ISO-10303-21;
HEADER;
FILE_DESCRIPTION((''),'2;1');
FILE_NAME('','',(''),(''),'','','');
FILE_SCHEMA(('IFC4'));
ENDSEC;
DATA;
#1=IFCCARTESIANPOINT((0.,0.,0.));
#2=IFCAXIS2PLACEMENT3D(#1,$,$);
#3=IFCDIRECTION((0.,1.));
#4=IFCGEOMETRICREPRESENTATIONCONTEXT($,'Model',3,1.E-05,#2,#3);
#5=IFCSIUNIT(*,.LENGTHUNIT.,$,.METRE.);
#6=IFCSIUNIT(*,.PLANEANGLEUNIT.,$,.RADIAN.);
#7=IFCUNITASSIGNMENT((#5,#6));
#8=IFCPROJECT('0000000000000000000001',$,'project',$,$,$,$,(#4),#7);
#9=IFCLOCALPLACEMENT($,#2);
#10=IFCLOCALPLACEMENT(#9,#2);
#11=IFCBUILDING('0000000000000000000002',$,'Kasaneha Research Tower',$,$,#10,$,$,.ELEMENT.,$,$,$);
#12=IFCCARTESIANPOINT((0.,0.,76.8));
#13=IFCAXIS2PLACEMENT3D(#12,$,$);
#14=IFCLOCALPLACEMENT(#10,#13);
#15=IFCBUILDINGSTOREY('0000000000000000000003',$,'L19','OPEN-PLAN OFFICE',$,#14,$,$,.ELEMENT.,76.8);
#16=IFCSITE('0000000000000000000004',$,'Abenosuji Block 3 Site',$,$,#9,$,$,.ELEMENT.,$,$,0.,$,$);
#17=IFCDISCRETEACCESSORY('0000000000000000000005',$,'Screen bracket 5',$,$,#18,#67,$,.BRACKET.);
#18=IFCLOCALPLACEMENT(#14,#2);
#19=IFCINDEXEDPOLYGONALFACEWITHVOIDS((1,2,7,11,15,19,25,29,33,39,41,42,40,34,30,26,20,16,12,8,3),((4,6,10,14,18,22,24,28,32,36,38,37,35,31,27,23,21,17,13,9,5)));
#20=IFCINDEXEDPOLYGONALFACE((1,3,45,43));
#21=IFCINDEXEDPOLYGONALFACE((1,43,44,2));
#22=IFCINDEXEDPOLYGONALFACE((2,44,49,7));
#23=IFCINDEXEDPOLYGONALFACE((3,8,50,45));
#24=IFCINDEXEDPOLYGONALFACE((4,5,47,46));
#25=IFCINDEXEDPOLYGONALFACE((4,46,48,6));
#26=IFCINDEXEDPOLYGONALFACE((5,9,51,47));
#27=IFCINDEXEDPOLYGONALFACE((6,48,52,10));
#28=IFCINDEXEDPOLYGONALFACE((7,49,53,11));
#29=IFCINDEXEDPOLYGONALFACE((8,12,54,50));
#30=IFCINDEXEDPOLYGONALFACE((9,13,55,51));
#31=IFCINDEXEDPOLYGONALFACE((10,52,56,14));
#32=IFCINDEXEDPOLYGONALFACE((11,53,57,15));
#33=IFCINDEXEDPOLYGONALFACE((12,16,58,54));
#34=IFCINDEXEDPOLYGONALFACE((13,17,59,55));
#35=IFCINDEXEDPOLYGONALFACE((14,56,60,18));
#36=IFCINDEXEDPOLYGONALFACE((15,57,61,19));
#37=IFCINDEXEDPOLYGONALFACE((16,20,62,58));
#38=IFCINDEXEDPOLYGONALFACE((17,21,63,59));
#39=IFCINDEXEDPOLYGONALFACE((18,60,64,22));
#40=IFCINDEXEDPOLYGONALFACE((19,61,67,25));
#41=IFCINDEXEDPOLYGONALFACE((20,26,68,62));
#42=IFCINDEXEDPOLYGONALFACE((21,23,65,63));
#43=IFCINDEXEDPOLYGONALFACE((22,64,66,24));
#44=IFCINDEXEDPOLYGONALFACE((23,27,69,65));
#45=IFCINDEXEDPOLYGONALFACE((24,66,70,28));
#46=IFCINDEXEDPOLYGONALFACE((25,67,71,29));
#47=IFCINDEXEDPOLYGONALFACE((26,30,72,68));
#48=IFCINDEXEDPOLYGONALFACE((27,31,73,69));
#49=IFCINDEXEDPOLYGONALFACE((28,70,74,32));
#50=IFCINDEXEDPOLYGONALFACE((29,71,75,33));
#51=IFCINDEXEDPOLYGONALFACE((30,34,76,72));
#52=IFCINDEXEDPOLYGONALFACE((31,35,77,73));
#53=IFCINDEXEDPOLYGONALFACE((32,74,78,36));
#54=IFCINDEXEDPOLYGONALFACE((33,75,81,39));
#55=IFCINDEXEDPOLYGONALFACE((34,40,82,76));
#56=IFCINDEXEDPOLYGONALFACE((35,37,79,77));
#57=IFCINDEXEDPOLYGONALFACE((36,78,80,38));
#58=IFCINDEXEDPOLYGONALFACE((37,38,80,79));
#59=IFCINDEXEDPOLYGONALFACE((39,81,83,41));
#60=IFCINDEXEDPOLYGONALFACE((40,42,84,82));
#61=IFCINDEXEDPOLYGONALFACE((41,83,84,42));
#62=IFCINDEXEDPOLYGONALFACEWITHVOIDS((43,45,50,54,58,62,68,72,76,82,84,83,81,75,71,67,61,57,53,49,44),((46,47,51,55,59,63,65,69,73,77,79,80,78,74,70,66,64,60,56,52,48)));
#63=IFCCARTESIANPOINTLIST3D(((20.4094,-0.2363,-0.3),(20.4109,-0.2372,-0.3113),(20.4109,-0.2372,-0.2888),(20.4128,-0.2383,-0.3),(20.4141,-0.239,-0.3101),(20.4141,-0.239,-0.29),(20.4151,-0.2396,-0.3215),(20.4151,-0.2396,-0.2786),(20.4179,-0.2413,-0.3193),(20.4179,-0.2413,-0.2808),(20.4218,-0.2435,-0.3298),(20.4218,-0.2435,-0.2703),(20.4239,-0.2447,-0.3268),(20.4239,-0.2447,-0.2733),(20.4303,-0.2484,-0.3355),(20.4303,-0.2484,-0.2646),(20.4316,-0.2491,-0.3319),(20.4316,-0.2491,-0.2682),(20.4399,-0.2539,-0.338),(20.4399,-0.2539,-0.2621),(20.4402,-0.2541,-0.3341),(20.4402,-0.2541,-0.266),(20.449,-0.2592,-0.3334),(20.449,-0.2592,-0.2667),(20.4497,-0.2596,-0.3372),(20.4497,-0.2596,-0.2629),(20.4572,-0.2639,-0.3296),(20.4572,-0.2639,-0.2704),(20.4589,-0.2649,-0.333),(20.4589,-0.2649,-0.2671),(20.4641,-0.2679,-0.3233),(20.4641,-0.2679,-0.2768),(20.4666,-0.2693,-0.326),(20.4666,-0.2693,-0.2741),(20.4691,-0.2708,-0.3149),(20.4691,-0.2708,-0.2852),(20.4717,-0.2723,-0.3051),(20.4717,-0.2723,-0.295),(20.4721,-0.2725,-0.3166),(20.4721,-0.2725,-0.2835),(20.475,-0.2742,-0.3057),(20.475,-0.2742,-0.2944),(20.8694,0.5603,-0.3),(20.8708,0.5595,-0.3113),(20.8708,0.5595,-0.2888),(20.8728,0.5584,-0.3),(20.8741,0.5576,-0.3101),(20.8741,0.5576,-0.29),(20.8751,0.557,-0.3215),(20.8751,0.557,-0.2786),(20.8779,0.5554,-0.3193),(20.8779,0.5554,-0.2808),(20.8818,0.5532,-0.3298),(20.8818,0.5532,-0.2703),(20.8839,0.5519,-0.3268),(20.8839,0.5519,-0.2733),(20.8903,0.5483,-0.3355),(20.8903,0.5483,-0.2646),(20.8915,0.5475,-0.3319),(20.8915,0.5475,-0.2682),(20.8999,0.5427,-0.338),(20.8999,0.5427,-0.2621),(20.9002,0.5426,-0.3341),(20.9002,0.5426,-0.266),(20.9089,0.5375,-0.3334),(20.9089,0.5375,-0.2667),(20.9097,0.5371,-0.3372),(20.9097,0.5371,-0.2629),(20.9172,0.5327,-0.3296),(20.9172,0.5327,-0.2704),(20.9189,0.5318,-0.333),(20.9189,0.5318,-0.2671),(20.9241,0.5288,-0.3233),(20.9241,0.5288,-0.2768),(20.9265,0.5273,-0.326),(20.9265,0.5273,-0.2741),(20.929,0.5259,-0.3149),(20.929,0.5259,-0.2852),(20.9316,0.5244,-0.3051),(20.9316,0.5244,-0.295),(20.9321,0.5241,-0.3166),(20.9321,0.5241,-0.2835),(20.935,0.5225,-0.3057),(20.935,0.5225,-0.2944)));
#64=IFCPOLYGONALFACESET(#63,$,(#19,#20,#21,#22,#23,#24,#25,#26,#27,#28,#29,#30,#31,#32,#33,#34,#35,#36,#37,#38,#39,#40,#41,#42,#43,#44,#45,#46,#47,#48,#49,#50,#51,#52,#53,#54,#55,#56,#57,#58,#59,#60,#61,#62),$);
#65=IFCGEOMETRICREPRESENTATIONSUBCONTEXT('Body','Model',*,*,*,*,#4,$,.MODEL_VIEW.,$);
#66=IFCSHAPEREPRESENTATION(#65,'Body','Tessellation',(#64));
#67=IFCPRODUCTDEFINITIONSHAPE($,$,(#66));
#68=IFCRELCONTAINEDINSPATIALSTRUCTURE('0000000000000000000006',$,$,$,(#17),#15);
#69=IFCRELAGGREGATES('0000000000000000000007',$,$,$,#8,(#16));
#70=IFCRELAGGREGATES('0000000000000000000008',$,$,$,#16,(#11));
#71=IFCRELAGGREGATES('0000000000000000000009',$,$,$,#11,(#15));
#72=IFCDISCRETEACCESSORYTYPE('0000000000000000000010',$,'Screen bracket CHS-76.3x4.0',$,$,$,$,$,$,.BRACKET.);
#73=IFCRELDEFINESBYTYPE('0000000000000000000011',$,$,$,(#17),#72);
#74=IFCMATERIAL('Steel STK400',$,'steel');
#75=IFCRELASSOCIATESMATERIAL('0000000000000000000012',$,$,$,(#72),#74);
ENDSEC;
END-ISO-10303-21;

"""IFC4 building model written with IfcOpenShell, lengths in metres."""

from ifc_helpers import new_model, si_unit, direction, frame, origin, origin_2d, place, context, subcontext, project, spatial, hollow_circle, extrude, material, material_profile, profile_set, type_object, element, save


model = new_model("IFC4")

# Units and contexts
model_context = context("Model", 3, precision=1e-05, world=origin(), true_north=direction((0.0, 1.0)))
body_context = subcontext(model_context, "Body", "Model", "MODEL_VIEW")
ifc_project = project(units=[si_unit("LENGTHUNIT", "METRE"), si_unit("PLANEANGLEUNIT", "RADIAN")], contexts=[model_context])

# Site, building, storey
site_placement = place(None, origin())
site = spatial("IfcSite", under=ifc_project, at=site_placement, Name="Abenosuji Block 3 Site", CompositionType="ELEMENT", RefElevation=0.0)
building_placement = place(site_placement, origin())
building = spatial("IfcBuilding", under=site, at=building_placement, Name="Kasaneha Research Tower", CompositionType="ELEMENT")
storey_placement = place(building_placement, frame((0.0, 0.0, 76.8)))
storey = spatial("IfcBuildingStorey", under=building, at=storey_placement, Name="L19", Description="OPEN-PLAN OFFICE", CompositionType="ELEMENT", Elevation=76.8)

# Discrete accessory
ifc_material_1 = material(Name="Steel STK400", Category="steel")
ifc_material_profile_1 = material_profile(ifc_material_1, hollow_circle(Radius=0.0381, WallThickness=0.0039, at=origin_2d()), Name="CHS-76.3x4.0")
ifc_profile_set_1 = profile_set([ifc_material_profile_1], Name="Steel STK400")
discrete_accessory_type = type_object("IfcDiscreteAccessoryType", Name="Screen bracket CHS-76.3x4.0", PredefinedType="BRACKET", material=ifc_profile_set_1)
discrete_accessory_1_placement = place(storey_placement, frame((20.4424, -0.2554, -0.3), z_axis=(0.500021, 0.866013, 0.0), x_axis=(-0.866013, 0.500021, 0.0)))
element("IfcDiscreteAccessory", 1, at=discrete_accessory_1_placement, inside=storey, type_object=discrete_accessory_type, Name="Screen bracket 5", PredefinedType="BRACKET", context=body_context, shape_type="SweptSolid", body=[
    extrude(hollow_circle(Radius=0.0381, WallThickness=0.0039, at=origin_2d()), origin(), (0.0, 0.0, 1.0), 0.9199),
])

save(model, "model.ifc")
